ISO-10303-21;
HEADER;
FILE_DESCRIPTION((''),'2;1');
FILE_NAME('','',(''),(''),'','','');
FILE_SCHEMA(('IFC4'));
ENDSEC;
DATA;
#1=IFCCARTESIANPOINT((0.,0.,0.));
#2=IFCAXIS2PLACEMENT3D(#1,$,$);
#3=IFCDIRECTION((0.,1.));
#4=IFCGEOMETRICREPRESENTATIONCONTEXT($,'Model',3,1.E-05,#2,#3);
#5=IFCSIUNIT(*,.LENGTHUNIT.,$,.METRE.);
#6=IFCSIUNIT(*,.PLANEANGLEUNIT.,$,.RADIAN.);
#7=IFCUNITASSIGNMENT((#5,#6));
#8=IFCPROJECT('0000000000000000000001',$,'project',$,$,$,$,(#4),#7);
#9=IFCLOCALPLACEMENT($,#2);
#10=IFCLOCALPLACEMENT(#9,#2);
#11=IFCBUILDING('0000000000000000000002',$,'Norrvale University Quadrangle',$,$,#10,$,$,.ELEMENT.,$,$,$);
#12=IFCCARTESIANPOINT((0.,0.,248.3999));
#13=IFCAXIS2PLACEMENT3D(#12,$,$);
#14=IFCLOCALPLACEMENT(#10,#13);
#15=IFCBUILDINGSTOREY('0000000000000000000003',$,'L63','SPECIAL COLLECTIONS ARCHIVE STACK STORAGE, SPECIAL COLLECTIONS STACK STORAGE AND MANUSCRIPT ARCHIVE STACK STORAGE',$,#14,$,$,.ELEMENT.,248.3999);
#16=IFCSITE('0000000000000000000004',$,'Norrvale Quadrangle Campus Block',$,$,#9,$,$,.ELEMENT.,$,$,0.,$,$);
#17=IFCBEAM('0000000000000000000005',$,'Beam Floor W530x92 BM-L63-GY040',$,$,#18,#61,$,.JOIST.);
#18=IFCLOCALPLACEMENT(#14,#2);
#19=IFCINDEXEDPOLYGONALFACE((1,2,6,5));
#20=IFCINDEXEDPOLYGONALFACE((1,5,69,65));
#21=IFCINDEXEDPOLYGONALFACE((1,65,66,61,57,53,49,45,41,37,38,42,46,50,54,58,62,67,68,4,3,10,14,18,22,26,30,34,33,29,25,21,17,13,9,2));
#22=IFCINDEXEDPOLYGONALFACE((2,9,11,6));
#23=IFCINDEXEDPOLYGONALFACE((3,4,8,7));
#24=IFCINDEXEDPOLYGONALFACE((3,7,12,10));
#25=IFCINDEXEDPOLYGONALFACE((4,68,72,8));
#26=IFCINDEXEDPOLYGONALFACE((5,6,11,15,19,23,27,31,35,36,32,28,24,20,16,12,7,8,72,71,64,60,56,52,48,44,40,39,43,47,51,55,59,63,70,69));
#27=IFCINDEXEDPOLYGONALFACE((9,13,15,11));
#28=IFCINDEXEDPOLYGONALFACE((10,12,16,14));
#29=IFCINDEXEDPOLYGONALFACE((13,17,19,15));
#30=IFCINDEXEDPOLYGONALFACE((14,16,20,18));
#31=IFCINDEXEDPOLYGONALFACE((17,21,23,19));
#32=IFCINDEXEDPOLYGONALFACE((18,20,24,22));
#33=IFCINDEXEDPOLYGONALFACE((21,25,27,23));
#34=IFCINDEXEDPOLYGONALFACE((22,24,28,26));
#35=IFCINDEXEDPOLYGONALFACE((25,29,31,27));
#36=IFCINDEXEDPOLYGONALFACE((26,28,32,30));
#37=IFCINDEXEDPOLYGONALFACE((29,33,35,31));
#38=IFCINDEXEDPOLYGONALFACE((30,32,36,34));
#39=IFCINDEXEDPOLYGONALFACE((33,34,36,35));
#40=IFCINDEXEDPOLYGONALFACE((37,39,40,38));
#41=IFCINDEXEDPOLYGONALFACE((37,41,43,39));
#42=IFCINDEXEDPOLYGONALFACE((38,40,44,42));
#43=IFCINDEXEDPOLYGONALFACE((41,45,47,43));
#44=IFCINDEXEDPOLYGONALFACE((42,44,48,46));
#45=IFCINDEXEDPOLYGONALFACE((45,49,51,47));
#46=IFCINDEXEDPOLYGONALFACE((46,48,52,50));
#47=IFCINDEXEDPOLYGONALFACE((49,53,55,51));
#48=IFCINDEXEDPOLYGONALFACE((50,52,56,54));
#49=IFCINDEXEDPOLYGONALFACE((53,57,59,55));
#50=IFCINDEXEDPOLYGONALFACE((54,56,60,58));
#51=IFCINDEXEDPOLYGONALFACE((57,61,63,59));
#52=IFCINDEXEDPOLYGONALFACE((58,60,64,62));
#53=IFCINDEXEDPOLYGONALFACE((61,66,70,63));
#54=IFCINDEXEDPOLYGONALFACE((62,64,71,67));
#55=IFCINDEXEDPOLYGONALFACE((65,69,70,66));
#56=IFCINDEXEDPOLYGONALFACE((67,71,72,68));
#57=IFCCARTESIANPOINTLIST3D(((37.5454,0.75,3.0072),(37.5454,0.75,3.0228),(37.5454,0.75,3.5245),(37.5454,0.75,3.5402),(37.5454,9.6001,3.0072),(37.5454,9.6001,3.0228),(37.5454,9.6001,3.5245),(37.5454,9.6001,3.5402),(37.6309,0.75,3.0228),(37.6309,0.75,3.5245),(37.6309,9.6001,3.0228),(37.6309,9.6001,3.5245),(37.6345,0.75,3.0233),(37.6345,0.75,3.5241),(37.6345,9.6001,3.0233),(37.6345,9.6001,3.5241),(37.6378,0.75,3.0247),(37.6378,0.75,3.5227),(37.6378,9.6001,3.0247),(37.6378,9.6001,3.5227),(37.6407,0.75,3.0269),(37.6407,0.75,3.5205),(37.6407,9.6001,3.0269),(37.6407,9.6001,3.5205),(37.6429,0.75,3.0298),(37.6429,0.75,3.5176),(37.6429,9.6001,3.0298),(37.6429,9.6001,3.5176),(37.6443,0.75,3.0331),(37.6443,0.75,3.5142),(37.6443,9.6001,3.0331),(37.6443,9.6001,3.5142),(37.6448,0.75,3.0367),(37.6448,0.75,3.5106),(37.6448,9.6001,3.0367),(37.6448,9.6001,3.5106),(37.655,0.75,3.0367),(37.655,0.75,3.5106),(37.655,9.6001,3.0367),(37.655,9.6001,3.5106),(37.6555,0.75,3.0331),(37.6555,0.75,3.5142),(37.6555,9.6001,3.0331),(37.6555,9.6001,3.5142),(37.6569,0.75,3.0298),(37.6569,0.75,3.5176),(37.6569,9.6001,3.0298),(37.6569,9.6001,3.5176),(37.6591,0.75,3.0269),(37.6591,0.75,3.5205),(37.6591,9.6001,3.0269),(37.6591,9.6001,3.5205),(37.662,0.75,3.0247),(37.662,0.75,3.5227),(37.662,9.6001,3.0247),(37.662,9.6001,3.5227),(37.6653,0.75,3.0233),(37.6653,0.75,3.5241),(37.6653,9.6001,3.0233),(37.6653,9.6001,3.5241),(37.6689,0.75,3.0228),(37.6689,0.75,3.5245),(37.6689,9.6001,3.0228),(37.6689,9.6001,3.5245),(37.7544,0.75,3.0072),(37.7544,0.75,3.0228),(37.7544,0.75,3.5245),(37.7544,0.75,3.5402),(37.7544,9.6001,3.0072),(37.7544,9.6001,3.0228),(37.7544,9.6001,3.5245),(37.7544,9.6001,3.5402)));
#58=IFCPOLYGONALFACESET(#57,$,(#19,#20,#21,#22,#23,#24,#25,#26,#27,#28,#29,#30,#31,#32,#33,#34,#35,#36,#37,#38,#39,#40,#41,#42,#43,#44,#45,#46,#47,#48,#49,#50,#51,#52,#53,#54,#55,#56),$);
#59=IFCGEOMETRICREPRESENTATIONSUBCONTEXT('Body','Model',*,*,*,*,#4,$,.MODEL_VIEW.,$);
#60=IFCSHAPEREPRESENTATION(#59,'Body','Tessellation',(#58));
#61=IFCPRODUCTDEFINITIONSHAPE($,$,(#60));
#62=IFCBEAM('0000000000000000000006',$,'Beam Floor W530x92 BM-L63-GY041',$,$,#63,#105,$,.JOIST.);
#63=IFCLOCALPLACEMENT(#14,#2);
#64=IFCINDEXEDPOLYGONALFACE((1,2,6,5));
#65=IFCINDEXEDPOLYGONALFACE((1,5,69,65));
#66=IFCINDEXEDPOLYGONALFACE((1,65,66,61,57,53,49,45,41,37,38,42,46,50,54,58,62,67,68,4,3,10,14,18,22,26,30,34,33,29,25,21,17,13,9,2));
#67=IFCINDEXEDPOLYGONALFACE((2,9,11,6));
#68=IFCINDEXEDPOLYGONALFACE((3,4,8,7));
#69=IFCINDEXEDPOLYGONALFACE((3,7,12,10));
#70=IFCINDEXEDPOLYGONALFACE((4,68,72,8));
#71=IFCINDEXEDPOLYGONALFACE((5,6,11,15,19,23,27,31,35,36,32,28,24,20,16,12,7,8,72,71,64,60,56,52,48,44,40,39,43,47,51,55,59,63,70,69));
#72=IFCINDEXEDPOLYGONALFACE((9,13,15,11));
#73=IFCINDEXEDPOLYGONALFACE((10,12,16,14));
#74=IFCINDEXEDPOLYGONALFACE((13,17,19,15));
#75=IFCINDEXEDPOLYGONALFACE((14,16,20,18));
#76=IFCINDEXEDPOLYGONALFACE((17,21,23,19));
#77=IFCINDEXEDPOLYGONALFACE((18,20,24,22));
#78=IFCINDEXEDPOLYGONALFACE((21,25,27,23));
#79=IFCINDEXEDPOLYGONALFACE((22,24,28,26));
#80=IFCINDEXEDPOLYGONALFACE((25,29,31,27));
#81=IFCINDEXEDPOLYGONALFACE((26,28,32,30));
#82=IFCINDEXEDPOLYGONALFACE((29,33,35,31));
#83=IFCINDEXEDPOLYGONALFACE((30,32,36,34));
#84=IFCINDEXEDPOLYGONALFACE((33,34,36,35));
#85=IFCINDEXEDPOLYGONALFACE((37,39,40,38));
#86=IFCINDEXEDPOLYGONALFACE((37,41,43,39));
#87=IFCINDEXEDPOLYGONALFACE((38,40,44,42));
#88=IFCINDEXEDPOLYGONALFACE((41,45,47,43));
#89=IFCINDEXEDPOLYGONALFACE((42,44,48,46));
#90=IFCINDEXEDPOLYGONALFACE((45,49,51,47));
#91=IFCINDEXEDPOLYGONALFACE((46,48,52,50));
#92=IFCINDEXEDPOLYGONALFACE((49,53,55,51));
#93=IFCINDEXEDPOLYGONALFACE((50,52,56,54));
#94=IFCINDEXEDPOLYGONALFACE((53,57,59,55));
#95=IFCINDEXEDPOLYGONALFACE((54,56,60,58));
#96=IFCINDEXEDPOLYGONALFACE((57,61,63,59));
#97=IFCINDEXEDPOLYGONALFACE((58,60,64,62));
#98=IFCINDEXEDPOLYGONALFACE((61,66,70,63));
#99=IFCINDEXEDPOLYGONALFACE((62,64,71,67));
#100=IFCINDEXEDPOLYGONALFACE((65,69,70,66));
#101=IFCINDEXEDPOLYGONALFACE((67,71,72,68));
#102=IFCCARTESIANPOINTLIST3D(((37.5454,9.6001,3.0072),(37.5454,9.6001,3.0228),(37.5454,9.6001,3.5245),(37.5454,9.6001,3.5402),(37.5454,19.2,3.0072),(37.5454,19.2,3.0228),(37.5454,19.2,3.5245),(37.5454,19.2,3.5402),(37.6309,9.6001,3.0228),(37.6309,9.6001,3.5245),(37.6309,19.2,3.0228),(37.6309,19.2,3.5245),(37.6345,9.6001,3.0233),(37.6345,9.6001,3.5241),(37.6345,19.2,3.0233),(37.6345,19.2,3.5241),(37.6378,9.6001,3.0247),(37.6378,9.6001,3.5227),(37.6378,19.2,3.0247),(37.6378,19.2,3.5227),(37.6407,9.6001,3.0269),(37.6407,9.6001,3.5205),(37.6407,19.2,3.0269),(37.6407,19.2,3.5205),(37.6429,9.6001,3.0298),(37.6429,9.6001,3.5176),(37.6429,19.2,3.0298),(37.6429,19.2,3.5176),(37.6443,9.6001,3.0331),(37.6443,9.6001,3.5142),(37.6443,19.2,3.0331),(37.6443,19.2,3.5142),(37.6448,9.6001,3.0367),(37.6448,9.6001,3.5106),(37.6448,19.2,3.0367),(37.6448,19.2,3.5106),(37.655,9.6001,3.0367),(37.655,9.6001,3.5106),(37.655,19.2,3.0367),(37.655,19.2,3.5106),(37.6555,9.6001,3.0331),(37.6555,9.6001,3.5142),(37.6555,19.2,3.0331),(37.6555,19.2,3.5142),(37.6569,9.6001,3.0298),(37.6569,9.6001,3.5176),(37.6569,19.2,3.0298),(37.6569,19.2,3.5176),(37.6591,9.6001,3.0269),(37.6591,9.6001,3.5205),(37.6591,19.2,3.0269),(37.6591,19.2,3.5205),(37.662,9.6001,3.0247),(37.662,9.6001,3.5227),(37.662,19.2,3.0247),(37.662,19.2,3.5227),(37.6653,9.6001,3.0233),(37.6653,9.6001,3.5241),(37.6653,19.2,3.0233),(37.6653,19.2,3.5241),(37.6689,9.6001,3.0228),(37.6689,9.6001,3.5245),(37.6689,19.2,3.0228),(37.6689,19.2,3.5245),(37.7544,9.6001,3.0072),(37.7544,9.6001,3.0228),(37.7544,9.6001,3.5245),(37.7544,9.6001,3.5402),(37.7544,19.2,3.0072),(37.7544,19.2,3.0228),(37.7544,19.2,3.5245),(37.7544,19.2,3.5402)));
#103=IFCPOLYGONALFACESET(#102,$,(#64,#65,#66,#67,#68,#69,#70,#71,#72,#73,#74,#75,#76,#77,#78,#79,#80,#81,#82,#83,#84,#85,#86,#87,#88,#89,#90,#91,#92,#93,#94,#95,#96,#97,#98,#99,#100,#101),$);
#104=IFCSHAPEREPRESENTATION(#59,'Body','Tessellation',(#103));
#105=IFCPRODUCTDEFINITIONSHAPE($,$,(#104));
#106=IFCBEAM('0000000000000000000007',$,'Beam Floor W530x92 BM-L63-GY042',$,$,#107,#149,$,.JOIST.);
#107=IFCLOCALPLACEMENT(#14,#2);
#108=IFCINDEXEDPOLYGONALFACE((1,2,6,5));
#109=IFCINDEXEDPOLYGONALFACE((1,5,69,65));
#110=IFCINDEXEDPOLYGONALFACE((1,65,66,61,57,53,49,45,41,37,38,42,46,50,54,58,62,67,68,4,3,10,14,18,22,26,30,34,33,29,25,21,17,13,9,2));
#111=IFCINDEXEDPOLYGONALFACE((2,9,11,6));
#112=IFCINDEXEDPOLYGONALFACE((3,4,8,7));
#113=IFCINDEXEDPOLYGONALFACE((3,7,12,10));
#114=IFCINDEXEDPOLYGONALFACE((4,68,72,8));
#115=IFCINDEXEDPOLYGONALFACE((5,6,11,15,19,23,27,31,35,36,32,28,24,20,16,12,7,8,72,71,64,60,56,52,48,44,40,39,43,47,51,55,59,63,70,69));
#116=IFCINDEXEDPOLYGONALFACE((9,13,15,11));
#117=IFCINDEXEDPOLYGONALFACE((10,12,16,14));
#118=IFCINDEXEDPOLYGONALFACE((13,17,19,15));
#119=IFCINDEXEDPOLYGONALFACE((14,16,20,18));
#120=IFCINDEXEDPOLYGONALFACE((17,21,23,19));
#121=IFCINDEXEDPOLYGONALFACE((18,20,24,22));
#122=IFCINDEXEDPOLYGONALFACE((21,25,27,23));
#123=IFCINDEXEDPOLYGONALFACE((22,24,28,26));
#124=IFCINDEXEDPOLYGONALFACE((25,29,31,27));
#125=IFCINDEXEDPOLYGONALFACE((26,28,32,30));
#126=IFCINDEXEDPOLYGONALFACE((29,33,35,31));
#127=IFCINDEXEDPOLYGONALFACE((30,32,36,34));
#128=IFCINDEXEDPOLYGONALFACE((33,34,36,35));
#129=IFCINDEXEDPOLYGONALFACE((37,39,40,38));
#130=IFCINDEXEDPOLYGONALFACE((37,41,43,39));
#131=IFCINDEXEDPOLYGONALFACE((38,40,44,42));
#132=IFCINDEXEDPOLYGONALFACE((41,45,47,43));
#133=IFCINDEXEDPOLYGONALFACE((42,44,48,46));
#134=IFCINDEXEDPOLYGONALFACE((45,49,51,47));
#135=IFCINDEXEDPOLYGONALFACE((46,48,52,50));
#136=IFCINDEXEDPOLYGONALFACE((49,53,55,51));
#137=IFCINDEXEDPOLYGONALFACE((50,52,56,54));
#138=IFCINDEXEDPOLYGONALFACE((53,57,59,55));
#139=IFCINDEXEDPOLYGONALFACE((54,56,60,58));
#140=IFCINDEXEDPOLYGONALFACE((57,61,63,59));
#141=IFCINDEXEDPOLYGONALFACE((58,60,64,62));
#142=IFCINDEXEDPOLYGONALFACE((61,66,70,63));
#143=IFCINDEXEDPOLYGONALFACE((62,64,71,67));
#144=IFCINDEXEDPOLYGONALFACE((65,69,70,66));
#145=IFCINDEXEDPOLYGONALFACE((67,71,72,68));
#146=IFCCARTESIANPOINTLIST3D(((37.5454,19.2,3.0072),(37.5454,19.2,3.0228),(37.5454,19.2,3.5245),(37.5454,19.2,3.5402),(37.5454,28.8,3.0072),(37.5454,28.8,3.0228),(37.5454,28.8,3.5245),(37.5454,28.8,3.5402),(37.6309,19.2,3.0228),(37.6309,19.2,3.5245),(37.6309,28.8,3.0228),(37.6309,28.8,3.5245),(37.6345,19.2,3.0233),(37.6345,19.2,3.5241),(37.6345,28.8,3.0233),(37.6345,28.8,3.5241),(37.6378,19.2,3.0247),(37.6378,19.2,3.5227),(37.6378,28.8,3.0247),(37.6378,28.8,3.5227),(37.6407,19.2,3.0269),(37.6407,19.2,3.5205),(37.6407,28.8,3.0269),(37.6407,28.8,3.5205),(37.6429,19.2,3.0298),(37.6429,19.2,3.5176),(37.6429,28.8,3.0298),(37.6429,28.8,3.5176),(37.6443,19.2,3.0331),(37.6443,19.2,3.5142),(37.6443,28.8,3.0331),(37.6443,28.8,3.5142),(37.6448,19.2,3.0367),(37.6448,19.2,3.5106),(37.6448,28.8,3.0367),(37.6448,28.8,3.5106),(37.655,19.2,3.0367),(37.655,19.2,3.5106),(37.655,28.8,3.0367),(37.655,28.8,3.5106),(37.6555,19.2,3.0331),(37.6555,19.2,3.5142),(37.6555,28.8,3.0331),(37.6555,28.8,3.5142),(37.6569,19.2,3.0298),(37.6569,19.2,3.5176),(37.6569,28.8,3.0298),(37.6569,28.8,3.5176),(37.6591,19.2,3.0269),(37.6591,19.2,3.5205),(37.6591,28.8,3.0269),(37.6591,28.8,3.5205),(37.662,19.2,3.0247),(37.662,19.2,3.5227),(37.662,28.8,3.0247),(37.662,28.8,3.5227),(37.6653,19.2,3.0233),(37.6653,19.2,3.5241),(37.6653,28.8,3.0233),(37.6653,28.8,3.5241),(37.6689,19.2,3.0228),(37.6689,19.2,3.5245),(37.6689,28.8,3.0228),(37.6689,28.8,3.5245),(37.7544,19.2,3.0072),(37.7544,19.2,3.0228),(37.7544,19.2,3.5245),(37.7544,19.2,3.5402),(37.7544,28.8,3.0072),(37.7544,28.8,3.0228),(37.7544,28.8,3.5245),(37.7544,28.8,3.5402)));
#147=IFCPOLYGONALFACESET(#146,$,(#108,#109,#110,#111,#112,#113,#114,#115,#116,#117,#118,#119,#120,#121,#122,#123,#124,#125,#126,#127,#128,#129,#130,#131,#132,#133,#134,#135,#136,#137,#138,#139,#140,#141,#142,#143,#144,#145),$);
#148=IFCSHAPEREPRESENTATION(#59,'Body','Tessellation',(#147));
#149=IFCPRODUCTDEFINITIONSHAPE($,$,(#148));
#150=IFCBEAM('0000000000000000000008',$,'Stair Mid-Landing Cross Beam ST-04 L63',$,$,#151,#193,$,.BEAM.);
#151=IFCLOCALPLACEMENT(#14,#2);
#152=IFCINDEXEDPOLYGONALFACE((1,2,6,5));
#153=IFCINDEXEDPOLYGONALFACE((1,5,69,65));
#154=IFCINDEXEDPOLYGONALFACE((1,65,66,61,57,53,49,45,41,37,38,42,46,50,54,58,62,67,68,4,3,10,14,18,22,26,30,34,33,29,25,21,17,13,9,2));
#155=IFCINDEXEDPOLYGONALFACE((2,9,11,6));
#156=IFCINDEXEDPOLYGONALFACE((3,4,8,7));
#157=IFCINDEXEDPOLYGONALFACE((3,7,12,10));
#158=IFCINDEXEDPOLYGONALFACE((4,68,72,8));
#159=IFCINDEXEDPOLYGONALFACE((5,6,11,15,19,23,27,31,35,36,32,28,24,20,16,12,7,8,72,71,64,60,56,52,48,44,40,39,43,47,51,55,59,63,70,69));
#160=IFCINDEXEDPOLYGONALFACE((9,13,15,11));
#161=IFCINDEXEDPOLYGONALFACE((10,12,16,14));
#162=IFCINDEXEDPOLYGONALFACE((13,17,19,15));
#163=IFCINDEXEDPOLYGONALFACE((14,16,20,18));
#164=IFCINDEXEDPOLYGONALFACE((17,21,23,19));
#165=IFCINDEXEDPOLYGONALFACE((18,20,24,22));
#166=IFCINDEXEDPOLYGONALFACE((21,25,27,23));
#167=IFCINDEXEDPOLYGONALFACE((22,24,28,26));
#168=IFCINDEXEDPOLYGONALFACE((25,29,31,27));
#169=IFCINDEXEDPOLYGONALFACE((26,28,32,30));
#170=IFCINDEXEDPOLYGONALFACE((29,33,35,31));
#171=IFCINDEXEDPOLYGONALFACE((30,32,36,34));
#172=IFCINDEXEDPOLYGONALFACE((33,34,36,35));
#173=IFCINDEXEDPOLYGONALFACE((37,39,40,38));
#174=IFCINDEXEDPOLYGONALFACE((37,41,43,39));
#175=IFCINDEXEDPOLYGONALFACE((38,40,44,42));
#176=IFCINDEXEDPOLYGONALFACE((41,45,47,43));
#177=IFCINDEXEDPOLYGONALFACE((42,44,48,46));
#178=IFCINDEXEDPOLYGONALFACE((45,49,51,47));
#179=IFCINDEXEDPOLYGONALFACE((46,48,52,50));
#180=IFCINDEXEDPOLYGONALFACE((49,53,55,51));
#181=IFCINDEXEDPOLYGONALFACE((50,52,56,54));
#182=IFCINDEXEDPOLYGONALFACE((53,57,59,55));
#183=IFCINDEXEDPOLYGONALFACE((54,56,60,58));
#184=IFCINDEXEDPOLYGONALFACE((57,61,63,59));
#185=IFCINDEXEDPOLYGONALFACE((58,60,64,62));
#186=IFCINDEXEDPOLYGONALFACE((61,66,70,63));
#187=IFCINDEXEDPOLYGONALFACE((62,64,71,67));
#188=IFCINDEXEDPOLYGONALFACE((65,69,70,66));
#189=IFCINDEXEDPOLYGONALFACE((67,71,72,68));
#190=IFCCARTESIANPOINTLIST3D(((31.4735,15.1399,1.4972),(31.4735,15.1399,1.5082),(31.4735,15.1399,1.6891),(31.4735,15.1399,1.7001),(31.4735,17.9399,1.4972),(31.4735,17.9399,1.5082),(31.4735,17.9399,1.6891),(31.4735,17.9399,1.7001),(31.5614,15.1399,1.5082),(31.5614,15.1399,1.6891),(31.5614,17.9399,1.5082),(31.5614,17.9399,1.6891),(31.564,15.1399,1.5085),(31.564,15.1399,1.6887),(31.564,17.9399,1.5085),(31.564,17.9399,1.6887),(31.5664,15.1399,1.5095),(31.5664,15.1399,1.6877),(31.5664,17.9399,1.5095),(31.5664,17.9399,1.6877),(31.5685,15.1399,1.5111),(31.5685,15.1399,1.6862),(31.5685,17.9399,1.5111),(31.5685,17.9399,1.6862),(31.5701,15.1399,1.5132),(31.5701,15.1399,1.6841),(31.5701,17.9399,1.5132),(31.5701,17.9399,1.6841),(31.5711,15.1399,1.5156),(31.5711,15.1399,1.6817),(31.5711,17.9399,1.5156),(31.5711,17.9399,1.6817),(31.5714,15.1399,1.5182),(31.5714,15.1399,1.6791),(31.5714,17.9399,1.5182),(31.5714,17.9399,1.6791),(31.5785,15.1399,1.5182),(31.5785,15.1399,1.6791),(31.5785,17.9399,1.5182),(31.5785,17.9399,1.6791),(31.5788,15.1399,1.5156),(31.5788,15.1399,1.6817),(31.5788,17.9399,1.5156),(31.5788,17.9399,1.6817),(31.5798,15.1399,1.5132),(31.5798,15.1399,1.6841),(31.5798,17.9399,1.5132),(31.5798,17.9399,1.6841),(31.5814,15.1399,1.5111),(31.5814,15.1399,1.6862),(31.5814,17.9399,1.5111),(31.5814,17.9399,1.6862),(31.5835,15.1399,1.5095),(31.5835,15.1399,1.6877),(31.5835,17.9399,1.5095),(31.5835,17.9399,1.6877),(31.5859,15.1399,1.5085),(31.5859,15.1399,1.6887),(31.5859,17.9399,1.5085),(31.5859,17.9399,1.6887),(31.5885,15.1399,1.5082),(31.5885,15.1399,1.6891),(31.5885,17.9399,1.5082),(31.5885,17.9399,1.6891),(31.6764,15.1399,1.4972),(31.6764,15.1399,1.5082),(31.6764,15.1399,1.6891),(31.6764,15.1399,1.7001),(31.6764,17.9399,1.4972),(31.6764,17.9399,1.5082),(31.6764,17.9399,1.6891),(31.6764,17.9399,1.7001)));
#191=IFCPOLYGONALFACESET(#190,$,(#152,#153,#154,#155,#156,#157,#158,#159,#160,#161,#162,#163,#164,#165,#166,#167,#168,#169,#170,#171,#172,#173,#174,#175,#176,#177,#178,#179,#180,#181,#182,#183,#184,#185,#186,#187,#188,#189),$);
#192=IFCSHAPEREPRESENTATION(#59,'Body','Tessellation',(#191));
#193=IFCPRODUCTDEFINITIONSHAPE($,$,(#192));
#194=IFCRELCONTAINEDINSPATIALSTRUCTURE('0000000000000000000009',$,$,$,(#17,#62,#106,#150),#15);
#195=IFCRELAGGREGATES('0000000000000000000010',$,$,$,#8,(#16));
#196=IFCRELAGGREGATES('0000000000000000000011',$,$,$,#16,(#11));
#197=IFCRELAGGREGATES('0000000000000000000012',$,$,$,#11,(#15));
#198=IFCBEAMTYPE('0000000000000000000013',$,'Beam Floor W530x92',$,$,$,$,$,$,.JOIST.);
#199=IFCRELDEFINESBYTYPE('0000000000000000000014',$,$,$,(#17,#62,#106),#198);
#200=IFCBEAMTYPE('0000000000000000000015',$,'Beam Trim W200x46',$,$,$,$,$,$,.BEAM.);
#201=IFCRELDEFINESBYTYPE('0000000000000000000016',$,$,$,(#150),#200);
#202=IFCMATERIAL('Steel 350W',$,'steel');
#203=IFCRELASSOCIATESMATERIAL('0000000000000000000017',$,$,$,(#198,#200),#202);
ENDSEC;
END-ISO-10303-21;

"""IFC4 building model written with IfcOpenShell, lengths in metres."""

from ifc_helpers import new_model, si_unit, direction, frame, origin, origin_2d, place, context, subcontext, project, spatial, i_section, extrude, material, material_profile, profile_set, type_object, element, save


model = new_model("IFC4")

# Units and contexts
model_context = context("Model", 3, precision=1e-05, world=origin(), true_north=direction((0.0, 1.0)))
body_context = subcontext(model_context, "Body", "Model", "MODEL_VIEW")
ifc_project = project(units=[si_unit("LENGTHUNIT", "METRE"), si_unit("PLANEANGLEUNIT", "RADIAN")], contexts=[model_context])

# Site, building, storey
site_placement = place(None, origin())
site = spatial("IfcSite", under=ifc_project, at=site_placement, Name="Norrvale Quadrangle Campus Block", CompositionType="ELEMENT", RefElevation=0.0)
building_placement = place(site_placement, origin())
building = spatial("IfcBuilding", under=site, at=building_placement, Name="Norrvale University Quadrangle", CompositionType="ELEMENT")
storey_placement = place(building_placement, frame((0.0, 0.0, 248.3999)))
storey = spatial("IfcBuildingStorey", under=building, at=storey_placement, Name="L63", Description="SPECIAL COLLECTIONS ARCHIVE STACK STORAGE, SPECIAL COLLECTIONS STACK STORAGE AND MANUSCRIPT ARCHIVE STACK STORAGE", CompositionType="ELEMENT", Elevation=248.3999)

# Beams
ifc_material_1 = material(Name="Steel 350W", Category="steel")
ifc_material_profile_1 = material_profile(ifc_material_1, i_section(OverallWidth=0.209, OverallDepth=0.533, WebThickness=0.0103, FlangeThickness=0.0156, FilletRadius=0.0139, at=origin_2d()), Name="Steel 350W")
ifc_profile_set_1 = profile_set([ifc_material_profile_1], Name="Steel 350W")
beam_type_1 = type_object("IfcBeamType", Name="Beam Floor W530x92", PredefinedType="JOIST", material=ifc_profile_set_1)
beam_1_placement = place(storey_placement, frame((37.6499, 0.75, 3.2737), z_axis=(0.0, 1.0, 0.0), x_axis=(-1.0, 0.0, 0.0)))
element("IfcBeam", 1, at=beam_1_placement, inside=storey, type_object=beam_type_1, Name="Beam Floor W530x92 BM-L63-GY040", PredefinedType="JOIST", context=body_context, shape_type="SweptSolid", body=[
    extrude(i_section(OverallWidth=0.209, OverallDepth=0.533, WebThickness=0.0103, FlangeThickness=0.0156, FilletRadius=0.0139, at=origin_2d()), origin(), (0.0, 0.0, 1.0), 8.8501),
])
beam_2_placement = place(storey_placement, frame((37.6499, 9.6001, 3.2737), z_axis=(0.0, 1.0, 0.0), x_axis=(-1.0, 0.0, 0.0)))
element("IfcBeam", 2, at=beam_2_placement, inside=storey, type_object=beam_type_1, Name="Beam Floor W530x92 BM-L63-GY041", PredefinedType="JOIST", context=body_context, shape_type="SweptSolid", body=[
    extrude(i_section(OverallWidth=0.209, OverallDepth=0.533, WebThickness=0.0103, FlangeThickness=0.0156, FilletRadius=0.0139, at=origin_2d()), origin(), (0.0, 0.0, 1.0), 9.5999),
])
beam_3_placement = place(storey_placement, frame((37.6499, 19.2, 3.2737), z_axis=(0.0, 1.0, 0.0), x_axis=(-1.0, 0.0, 0.0)))
element("IfcBeam", 3, at=beam_3_placement, inside=storey, type_object=beam_type_1, Name="Beam Floor W530x92 BM-L63-GY042", PredefinedType="JOIST", context=body_context, shape_type="SweptSolid", body=[
    extrude(i_section(OverallWidth=0.209, OverallDepth=0.533, WebThickness=0.0103, FlangeThickness=0.0156, FilletRadius=0.0139, at=origin_2d()), origin(), (0.0, 0.0, 1.0), 9.6001),
])
ifc_material_profile_2 = material_profile(ifc_material_1, i_section(OverallWidth=0.2029, OverallDepth=0.2029, WebThickness=0.0071, FlangeThickness=0.011, FilletRadius=0.01, at=origin_2d()), Name="Steel 350W")
ifc_profile_set_2 = profile_set([ifc_material_profile_2], Name="Steel 350W")
beam_type_2 = type_object("IfcBeamType", Name="Beam Trim W200x46", PredefinedType="BEAM", material=ifc_profile_set_2)
beam_4_placement = place(storey_placement, frame((31.575, 15.1399, 1.5986), z_axis=(0.0, 1.0, 0.0), x_axis=(-1.0, 0.0, 0.0)))
element("IfcBeam", 4, at=beam_4_placement, inside=storey, type_object=beam_type_2, Name="Stair Mid-Landing Cross Beam ST-04 L63", PredefinedType="BEAM", context=body_context, shape_type="SweptSolid", body=[
    extrude(i_section(OverallWidth=0.2029, OverallDepth=0.2029, WebThickness=0.0071, FlangeThickness=0.011, FilletRadius=0.01, at=origin_2d()), origin(), (0.0, 0.0, 1.0), 2.8),
])

save(model, "model.ifc")
